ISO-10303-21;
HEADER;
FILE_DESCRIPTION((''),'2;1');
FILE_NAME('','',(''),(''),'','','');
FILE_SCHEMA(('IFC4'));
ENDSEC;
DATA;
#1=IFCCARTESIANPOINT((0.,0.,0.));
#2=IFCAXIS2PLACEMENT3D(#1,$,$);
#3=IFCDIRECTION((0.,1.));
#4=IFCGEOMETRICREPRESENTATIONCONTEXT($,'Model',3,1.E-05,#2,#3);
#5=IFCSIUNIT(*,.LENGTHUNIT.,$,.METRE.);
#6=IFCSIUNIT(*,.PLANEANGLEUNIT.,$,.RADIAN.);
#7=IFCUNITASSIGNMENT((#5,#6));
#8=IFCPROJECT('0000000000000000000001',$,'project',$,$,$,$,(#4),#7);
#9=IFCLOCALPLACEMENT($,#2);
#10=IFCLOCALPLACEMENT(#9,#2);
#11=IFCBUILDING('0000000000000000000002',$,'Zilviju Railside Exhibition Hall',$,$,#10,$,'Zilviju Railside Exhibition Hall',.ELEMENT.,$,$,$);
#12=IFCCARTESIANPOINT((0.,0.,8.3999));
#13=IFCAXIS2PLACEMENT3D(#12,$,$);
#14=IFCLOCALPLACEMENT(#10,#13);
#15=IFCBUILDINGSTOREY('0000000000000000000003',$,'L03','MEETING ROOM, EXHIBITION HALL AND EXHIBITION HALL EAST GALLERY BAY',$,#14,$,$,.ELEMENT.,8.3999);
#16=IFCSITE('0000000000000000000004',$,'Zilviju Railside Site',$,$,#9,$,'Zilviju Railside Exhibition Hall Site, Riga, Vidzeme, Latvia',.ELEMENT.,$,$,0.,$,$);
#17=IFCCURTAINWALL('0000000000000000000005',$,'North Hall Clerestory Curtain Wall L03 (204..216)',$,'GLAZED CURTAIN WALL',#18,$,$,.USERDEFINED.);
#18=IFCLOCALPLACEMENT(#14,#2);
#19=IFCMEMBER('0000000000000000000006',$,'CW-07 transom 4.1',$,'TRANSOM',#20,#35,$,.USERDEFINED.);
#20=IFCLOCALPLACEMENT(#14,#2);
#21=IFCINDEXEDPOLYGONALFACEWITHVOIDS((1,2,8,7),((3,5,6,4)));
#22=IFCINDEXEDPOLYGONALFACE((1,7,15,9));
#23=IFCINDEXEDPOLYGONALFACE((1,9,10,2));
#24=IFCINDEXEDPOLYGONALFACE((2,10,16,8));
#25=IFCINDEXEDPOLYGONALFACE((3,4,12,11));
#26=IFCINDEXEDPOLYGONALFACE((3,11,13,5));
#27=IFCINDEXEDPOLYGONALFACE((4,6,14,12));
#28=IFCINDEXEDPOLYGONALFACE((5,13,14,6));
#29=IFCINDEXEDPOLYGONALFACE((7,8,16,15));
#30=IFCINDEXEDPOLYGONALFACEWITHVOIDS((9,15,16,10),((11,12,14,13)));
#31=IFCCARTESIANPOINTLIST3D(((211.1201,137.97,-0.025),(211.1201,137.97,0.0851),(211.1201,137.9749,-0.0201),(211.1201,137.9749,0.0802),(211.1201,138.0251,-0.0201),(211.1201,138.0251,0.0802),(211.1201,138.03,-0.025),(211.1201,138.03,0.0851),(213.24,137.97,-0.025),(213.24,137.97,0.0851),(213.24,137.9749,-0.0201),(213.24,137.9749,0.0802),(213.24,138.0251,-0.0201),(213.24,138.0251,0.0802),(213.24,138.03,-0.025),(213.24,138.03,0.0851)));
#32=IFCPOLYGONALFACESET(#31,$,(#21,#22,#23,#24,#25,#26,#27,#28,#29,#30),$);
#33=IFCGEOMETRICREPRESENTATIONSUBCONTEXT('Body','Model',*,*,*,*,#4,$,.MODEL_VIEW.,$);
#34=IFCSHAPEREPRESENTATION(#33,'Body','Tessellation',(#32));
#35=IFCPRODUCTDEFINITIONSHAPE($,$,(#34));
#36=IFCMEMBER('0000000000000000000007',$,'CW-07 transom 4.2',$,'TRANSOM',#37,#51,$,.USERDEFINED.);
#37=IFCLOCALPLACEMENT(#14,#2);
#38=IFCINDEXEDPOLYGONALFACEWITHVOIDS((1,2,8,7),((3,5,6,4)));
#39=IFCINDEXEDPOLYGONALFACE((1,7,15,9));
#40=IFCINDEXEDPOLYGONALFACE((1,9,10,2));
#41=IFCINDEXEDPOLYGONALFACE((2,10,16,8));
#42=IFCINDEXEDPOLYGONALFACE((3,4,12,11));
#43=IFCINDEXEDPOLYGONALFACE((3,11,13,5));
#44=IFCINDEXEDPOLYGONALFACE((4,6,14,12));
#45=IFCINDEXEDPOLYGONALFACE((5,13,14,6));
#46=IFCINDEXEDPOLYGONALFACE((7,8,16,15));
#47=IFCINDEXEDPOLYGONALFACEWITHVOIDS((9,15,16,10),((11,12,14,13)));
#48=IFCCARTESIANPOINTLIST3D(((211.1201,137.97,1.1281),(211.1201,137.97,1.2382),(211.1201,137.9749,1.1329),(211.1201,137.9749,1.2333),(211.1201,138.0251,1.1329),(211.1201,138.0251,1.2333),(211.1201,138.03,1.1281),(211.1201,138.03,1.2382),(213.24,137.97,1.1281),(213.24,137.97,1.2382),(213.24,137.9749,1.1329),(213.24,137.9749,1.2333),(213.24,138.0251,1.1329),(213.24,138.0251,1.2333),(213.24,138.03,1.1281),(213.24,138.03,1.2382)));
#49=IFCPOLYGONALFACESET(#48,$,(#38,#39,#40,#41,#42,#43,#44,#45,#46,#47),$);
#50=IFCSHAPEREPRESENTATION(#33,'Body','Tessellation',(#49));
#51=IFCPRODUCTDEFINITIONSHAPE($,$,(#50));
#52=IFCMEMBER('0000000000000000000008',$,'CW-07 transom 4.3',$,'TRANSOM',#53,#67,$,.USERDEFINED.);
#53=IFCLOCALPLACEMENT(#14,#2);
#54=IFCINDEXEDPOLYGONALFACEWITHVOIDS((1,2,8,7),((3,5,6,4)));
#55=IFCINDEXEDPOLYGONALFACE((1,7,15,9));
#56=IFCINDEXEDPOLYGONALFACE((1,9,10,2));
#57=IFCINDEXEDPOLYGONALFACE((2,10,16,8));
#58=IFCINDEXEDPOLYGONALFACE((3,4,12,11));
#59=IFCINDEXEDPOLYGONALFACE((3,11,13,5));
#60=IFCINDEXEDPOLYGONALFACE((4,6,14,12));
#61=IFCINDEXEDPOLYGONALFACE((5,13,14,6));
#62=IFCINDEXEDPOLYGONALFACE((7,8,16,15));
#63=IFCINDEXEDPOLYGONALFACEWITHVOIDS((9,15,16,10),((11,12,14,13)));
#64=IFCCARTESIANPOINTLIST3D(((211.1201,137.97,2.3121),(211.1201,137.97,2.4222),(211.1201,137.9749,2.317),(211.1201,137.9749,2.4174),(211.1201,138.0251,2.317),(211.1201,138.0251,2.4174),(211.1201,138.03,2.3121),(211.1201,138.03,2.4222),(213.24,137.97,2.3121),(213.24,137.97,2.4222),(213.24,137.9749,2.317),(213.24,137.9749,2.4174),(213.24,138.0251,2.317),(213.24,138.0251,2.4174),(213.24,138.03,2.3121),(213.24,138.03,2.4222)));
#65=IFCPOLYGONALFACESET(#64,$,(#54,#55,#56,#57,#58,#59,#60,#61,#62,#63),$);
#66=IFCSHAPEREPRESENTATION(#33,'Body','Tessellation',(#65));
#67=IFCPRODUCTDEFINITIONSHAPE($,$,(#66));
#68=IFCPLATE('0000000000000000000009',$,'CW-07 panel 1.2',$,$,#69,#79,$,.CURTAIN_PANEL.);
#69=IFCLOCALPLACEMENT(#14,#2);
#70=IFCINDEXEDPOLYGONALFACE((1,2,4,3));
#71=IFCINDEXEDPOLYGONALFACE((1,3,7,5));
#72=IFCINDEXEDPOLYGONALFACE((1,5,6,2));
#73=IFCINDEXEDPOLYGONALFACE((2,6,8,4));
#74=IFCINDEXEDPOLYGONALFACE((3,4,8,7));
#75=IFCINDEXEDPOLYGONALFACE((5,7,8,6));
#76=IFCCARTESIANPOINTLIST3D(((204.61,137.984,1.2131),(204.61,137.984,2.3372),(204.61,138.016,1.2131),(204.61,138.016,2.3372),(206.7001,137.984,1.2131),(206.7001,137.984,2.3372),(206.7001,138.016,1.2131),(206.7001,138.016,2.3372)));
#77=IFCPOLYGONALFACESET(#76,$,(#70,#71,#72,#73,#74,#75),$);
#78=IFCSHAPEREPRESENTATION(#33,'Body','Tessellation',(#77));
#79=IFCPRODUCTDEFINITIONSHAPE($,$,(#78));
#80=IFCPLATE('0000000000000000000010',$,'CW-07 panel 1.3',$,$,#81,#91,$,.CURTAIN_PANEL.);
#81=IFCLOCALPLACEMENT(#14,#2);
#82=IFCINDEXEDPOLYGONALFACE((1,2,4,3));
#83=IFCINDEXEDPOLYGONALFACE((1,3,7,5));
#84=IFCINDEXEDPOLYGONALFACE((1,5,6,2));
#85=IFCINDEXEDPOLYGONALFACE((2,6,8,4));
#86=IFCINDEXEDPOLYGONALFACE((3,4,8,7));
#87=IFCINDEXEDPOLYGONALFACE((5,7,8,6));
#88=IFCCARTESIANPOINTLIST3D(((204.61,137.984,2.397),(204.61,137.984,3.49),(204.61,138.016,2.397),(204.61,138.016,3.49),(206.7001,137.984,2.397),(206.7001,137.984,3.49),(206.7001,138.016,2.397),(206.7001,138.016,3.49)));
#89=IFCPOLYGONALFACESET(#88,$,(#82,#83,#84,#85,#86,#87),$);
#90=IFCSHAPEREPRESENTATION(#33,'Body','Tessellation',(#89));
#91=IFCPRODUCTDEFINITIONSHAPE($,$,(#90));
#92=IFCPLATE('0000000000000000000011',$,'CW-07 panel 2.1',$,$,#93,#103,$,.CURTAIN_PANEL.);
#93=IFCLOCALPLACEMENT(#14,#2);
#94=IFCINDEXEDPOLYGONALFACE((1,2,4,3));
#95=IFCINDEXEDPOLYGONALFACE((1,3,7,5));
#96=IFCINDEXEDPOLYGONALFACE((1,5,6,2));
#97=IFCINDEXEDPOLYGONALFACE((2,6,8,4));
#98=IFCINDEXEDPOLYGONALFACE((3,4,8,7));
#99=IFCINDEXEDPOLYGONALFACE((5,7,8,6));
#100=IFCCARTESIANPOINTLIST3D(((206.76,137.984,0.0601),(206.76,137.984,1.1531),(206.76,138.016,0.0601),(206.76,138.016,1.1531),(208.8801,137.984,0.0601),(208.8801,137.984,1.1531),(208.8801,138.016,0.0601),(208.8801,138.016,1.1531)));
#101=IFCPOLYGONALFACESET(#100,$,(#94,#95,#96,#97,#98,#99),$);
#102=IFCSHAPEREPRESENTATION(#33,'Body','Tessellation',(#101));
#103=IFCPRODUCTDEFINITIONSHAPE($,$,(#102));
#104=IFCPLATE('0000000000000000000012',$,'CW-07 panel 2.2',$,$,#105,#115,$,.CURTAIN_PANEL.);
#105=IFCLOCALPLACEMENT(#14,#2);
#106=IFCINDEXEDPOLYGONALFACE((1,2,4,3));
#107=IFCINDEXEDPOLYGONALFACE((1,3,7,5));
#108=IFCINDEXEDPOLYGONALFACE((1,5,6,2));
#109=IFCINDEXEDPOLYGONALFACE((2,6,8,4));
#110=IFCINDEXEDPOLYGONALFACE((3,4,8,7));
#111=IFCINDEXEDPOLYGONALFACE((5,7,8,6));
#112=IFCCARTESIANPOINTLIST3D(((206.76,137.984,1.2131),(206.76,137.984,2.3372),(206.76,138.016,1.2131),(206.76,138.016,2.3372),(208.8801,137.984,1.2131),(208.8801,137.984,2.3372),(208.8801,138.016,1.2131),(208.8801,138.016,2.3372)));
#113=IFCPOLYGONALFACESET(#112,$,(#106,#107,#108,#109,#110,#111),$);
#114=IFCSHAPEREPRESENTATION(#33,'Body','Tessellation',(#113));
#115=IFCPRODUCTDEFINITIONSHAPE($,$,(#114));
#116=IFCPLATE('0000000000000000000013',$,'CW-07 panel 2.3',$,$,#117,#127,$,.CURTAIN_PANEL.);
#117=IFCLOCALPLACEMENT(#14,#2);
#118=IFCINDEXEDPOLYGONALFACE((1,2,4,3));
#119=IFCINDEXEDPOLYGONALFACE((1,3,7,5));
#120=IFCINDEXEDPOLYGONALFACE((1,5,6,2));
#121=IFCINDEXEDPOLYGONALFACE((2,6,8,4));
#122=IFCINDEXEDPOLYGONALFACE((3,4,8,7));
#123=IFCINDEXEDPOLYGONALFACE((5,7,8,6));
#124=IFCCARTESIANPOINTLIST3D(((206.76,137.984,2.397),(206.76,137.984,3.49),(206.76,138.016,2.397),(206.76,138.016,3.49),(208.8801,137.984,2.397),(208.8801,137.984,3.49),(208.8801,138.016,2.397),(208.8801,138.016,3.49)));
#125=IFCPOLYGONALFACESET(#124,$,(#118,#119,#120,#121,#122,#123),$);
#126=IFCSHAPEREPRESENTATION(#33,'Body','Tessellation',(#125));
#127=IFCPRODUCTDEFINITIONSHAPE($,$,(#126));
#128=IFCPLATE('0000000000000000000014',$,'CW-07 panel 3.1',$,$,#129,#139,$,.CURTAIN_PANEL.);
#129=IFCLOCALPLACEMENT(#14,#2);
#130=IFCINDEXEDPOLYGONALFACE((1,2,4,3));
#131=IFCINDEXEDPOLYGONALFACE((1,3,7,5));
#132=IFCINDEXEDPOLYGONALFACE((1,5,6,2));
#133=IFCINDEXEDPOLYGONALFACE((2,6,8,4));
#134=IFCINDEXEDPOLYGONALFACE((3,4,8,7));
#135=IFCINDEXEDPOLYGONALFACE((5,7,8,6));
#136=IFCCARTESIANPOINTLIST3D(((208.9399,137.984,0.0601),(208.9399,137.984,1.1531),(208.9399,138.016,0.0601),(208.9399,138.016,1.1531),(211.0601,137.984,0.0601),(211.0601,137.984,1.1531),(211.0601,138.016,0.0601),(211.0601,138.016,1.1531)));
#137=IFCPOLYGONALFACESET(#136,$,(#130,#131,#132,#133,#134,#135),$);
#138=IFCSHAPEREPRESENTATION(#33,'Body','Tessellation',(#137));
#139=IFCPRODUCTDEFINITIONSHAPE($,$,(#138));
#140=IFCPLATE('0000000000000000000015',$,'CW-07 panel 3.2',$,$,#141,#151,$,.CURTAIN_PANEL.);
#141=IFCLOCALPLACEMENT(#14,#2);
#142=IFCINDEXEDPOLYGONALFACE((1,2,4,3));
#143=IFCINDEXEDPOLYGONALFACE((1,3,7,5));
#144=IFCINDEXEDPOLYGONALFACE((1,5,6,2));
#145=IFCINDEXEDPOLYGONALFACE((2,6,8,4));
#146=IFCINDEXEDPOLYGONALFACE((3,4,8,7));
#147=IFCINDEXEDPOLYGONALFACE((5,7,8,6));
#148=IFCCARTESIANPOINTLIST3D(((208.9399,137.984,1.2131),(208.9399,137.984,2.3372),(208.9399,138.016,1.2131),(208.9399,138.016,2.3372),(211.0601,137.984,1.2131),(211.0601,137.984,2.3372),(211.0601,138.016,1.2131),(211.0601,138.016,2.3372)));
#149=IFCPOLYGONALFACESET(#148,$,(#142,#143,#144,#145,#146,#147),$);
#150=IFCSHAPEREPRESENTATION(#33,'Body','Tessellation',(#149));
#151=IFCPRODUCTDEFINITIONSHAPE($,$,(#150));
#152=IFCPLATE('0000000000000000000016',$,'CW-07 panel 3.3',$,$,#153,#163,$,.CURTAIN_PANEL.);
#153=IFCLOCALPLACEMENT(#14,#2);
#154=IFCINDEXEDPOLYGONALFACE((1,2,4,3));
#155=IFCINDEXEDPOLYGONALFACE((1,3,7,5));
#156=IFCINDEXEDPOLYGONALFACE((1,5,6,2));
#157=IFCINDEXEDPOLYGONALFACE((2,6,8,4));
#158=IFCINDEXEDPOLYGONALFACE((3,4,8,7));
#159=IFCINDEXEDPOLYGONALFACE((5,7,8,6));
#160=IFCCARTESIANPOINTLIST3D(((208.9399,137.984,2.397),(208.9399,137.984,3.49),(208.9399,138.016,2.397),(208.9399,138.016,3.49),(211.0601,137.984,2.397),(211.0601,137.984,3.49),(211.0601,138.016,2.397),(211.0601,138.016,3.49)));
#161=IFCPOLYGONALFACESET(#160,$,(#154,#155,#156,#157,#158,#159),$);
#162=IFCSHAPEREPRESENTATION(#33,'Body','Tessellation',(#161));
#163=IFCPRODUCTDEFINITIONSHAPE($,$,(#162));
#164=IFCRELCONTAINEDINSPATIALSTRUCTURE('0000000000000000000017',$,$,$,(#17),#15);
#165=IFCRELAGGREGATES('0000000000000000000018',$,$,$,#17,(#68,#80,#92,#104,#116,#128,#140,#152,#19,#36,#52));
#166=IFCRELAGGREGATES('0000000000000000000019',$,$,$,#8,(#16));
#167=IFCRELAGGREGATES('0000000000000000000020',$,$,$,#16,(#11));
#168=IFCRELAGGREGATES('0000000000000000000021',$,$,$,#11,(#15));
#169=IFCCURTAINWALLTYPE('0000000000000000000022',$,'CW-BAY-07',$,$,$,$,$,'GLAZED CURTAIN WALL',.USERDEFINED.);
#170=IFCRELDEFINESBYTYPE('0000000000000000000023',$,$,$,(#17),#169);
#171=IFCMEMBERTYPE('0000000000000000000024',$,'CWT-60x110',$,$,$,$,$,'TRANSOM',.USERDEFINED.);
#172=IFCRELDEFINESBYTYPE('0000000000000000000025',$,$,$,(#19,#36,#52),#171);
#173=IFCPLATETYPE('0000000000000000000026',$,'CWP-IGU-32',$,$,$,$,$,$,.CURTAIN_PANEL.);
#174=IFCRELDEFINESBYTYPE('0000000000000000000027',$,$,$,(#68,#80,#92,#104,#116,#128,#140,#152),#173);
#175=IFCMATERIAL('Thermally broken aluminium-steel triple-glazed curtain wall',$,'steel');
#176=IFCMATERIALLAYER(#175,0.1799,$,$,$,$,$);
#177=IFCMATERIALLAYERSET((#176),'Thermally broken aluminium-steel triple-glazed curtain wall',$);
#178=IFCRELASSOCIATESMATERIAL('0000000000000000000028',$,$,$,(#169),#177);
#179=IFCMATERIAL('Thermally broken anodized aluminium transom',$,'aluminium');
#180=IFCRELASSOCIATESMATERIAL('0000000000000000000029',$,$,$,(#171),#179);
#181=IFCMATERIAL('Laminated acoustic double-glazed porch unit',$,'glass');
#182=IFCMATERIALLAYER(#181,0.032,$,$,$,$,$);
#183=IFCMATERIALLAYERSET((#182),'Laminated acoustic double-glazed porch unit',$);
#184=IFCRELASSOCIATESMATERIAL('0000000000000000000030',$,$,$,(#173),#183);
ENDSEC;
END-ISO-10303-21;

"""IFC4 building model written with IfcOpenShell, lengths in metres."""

from ifc_helpers import new_model, si_unit, direction, frame, origin, origin_2d, place, context, subcontext, project, spatial, rectangle, hollow_rectangle, extrude, material, layer, layer_set, material_profile, profile_set, type_object, element, aggregate, save


model = new_model("IFC4")

# Units and contexts
model_context = context("Model", 3, precision=1e-05, world=origin(), true_north=direction((0.0, 1.0)))
body_context = subcontext(model_context, "Body", "Model", "MODEL_VIEW")
ifc_project = project(units=[si_unit("LENGTHUNIT", "METRE"), si_unit("PLANEANGLEUNIT", "RADIAN")], contexts=[model_context])

# Site, building, storey
site_placement = place(None, origin())
site = spatial("IfcSite", under=ifc_project, at=site_placement, Name="Zilviju Railside Site", LongName="Zilviju Railside Exhibition Hall Site, Riga, Vidzeme, Latvia", CompositionType="ELEMENT", RefElevation=0.0)
building_placement = place(site_placement, origin())
building = spatial("IfcBuilding", under=site, at=building_placement, Name="Zilviju Railside Exhibition Hall", LongName="Zilviju Railside Exhibition Hall", CompositionType="ELEMENT")
storey_placement = place(building_placement, frame((0.0, 0.0, 8.3999)))
storey = spatial("IfcBuildingStorey", under=building, at=storey_placement, Name="L03", Description="MEETING ROOM, EXHIBITION HALL AND EXHIBITION HALL EAST GALLERY BAY", CompositionType="ELEMENT", Elevation=8.3999)

# Curtain wall, members, plates
ifc_material_1 = material(Name="Thermally broken aluminium-steel triple-glazed curtain wall", Category="steel")
ifc_layer_1 = layer(ifc_material_1, 0.1799)
ifc_layer_set_1 = layer_set([ifc_layer_1], Name="Thermally broken aluminium-steel triple-glazed curtain wall")
curtain_wall_type = type_object("IfcCurtainWallType", Name="CW-BAY-07", ElementType="GLAZED CURTAIN WALL", PredefinedType="USERDEFINED", material=ifc_layer_set_1)
curtain_wall_placement = place(storey_placement, origin())
curtain_wall = element("IfcCurtainWall", 1, at=curtain_wall_placement, inside=storey, type_object=curtain_wall_type, Name="North Hall Clerestory Curtain Wall L03 (204..216)", ObjectType="GLAZED CURTAIN WALL", PredefinedType="USERDEFINED")
ifc_material_2 = material(Name="Thermally broken anodized aluminium transom", Category="aluminium")
ifc_material_profile_1 = material_profile(ifc_material_2, hollow_rectangle(XDim=0.0601, YDim=0.1101, WallThickness=0.0049, at=origin_2d()), Name="TRANSOM 110x60x5")
ifc_profile_set_1 = profile_set([ifc_material_profile_1], Name="Thermally broken anodized aluminium transom")
member_type_1 = type_object("IfcMemberType", Name="CWT-60x110", ElementType="TRANSOM", PredefinedType="USERDEFINED", material=ifc_profile_set_1)
member_1_placement = place(storey_placement, frame((211.1201, 138.0, 0.03), z_axis=(1.0, 0.0, 0.0), x_axis=(0.0, 1.0, 0.0)))
member_1 = element("IfcMember", 2, at=member_1_placement, type_object=member_type_1, Name="CW-07 transom 4.1", ObjectType="TRANSOM", PredefinedType="USERDEFINED", context=body_context, shape_type="SweptSolid", body=[
    extrude(hollow_rectangle(XDim=0.0601, YDim=0.1101, WallThickness=0.0049, at=origin_2d()), origin(), (0.0, 0.0, 1.0), 2.1199),
])
member_2_placement = place(storey_placement, frame((211.1201, 138.0, 1.1831), z_axis=(1.0, 0.0, 0.0), x_axis=(0.0, 1.0, 0.0)))
member_2 = element("IfcMember", 3, at=member_2_placement, type_object=member_type_1, Name="CW-07 transom 4.2", ObjectType="TRANSOM", PredefinedType="USERDEFINED", context=body_context, shape_type="SweptSolid", body=[
    extrude(hollow_rectangle(XDim=0.0601, YDim=0.1101, WallThickness=0.0049, at=origin_2d()), origin(), (0.0, 0.0, 1.0), 2.1199),
])
member_3_placement = place(storey_placement, frame((211.1201, 138.0, 2.3672), z_axis=(1.0, 0.0, 0.0), x_axis=(0.0, 1.0, 0.0)))
member_3 = element("IfcMember", 4, at=member_3_placement, type_object=member_type_1, Name="CW-07 transom 4.3", ObjectType="TRANSOM", PredefinedType="USERDEFINED", context=body_context, shape_type="SweptSolid", body=[
    extrude(hollow_rectangle(XDim=0.0601, YDim=0.1101, WallThickness=0.0049, at=origin_2d()), origin(), (0.0, 0.0, 1.0), 2.1199),
])
ifc_material_3 = material(Name="Laminated acoustic double-glazed porch unit", Category="glass")
ifc_layer_2 = layer(ifc_material_3, 0.032)
ifc_layer_set_2 = layer_set([ifc_layer_2], Name="Laminated acoustic double-glazed porch unit")
plate_type = type_object("IfcPlateType", Name="CWP-IGU-32", PredefinedType="CURTAIN_PANEL", material=ifc_layer_set_2)
plate_1_placement = place(storey_placement, frame((205.655, 138.0, 1.2131), z_axis=(0.0, 0.0, 1.0), x_axis=(1.0, 0.0, 0.0)))
plate_1 = element("IfcPlate", 5, at=plate_1_placement, type_object=plate_type, Name="CW-07 panel 1.2", PredefinedType="CURTAIN_PANEL", context=body_context, shape_type="SweptSolid", body=[
    extrude(rectangle(XDim=2.0901, YDim=0.032, at=origin_2d()), origin(), (0.0, 0.0, 1.0), 1.124),
])
plate_2_placement = place(storey_placement, frame((205.655, 138.0, 2.397), z_axis=(0.0, 0.0, 1.0), x_axis=(1.0, 0.0, 0.0)))
plate_2 = element("IfcPlate", 6, at=plate_2_placement, type_object=plate_type, Name="CW-07 panel 1.3", PredefinedType="CURTAIN_PANEL", context=body_context, shape_type="SweptSolid", body=[
    extrude(rectangle(XDim=2.0901, YDim=0.032, at=origin_2d()), origin(), (0.0, 0.0, 1.0), 1.093),
])
plate_3_placement = place(storey_placement, frame((207.8201, 138.0, 0.0601), z_axis=(0.0, 0.0, 1.0), x_axis=(1.0, 0.0, 0.0)))
plate_3 = element("IfcPlate", 7, at=plate_3_placement, type_object=plate_type, Name="CW-07 panel 2.1", PredefinedType="CURTAIN_PANEL", context=body_context, shape_type="SweptSolid", body=[
    extrude(rectangle(XDim=2.1201, YDim=0.032, at=origin_2d()), origin(), (0.0, 0.0, 1.0), 1.093),
])
plate_4_placement = place(storey_placement, frame((207.8201, 138.0, 1.2131), z_axis=(0.0, 0.0, 1.0), x_axis=(1.0, 0.0, 0.0)))
plate_4 = element("IfcPlate", 8, at=plate_4_placement, type_object=plate_type, Name="CW-07 panel 2.2", PredefinedType="CURTAIN_PANEL", context=body_context, shape_type="SweptSolid", body=[
    extrude(rectangle(XDim=2.1201, YDim=0.032, at=origin_2d()), origin(), (0.0, 0.0, 1.0), 1.124),
])
plate_5_placement = place(storey_placement, frame((207.8201, 138.0, 2.397), z_axis=(0.0, 0.0, 1.0), x_axis=(1.0, 0.0, 0.0)))
plate_5 = element("IfcPlate", 9, at=plate_5_placement, type_object=plate_type, Name="CW-07 panel 2.3", PredefinedType="CURTAIN_PANEL", context=body_context, shape_type="SweptSolid", body=[
    extrude(rectangle(XDim=2.1201, YDim=0.032, at=origin_2d()), origin(), (0.0, 0.0, 1.0), 1.093),
])
plate_6_placement = place(storey_placement, frame((210.0, 138.0, 0.0601), z_axis=(0.0, 0.0, 1.0), x_axis=(1.0, 0.0, 0.0)))
plate_6 = element("IfcPlate", 10, at=plate_6_placement, type_object=plate_type, Name="CW-07 panel 3.1", PredefinedType="CURTAIN_PANEL", context=body_context, shape_type="SweptSolid", body=[
    extrude(rectangle(XDim=2.1201, YDim=0.032, at=origin_2d()), origin(), (0.0, 0.0, 1.0), 1.093),
])
plate_7_placement = place(storey_placement, frame((210.0, 138.0, 1.2131), z_axis=(0.0, 0.0, 1.0), x_axis=(1.0, 0.0, 0.0)))
plate_7 = element("IfcPlate", 11, at=plate_7_placement, type_object=plate_type, Name="CW-07 panel 3.2", PredefinedType="CURTAIN_PANEL", context=body_context, shape_type="SweptSolid", body=[
    extrude(rectangle(XDim=2.1201, YDim=0.032, at=origin_2d()), origin(), (0.0, 0.0, 1.0), 1.124),
])
plate_8_placement = place(storey_placement, frame((210.0, 138.0, 2.397), z_axis=(0.0, 0.0, 1.0), x_axis=(1.0, 0.0, 0.0)))
plate_8 = element("IfcPlate", 12, at=plate_8_placement, type_object=plate_type, Name="CW-07 panel 3.3", PredefinedType="CURTAIN_PANEL", context=body_context, shape_type="SweptSolid", body=[
    extrude(rectangle(XDim=2.1201, YDim=0.032, at=origin_2d()), origin(), (0.0, 0.0, 1.0), 1.093),
])
aggregate(curtain_wall, [plate_1, plate_2, plate_3, plate_4, plate_5, plate_6, plate_7, plate_8, member_1, member_2, member_3])

save(model, "model.ifc")
